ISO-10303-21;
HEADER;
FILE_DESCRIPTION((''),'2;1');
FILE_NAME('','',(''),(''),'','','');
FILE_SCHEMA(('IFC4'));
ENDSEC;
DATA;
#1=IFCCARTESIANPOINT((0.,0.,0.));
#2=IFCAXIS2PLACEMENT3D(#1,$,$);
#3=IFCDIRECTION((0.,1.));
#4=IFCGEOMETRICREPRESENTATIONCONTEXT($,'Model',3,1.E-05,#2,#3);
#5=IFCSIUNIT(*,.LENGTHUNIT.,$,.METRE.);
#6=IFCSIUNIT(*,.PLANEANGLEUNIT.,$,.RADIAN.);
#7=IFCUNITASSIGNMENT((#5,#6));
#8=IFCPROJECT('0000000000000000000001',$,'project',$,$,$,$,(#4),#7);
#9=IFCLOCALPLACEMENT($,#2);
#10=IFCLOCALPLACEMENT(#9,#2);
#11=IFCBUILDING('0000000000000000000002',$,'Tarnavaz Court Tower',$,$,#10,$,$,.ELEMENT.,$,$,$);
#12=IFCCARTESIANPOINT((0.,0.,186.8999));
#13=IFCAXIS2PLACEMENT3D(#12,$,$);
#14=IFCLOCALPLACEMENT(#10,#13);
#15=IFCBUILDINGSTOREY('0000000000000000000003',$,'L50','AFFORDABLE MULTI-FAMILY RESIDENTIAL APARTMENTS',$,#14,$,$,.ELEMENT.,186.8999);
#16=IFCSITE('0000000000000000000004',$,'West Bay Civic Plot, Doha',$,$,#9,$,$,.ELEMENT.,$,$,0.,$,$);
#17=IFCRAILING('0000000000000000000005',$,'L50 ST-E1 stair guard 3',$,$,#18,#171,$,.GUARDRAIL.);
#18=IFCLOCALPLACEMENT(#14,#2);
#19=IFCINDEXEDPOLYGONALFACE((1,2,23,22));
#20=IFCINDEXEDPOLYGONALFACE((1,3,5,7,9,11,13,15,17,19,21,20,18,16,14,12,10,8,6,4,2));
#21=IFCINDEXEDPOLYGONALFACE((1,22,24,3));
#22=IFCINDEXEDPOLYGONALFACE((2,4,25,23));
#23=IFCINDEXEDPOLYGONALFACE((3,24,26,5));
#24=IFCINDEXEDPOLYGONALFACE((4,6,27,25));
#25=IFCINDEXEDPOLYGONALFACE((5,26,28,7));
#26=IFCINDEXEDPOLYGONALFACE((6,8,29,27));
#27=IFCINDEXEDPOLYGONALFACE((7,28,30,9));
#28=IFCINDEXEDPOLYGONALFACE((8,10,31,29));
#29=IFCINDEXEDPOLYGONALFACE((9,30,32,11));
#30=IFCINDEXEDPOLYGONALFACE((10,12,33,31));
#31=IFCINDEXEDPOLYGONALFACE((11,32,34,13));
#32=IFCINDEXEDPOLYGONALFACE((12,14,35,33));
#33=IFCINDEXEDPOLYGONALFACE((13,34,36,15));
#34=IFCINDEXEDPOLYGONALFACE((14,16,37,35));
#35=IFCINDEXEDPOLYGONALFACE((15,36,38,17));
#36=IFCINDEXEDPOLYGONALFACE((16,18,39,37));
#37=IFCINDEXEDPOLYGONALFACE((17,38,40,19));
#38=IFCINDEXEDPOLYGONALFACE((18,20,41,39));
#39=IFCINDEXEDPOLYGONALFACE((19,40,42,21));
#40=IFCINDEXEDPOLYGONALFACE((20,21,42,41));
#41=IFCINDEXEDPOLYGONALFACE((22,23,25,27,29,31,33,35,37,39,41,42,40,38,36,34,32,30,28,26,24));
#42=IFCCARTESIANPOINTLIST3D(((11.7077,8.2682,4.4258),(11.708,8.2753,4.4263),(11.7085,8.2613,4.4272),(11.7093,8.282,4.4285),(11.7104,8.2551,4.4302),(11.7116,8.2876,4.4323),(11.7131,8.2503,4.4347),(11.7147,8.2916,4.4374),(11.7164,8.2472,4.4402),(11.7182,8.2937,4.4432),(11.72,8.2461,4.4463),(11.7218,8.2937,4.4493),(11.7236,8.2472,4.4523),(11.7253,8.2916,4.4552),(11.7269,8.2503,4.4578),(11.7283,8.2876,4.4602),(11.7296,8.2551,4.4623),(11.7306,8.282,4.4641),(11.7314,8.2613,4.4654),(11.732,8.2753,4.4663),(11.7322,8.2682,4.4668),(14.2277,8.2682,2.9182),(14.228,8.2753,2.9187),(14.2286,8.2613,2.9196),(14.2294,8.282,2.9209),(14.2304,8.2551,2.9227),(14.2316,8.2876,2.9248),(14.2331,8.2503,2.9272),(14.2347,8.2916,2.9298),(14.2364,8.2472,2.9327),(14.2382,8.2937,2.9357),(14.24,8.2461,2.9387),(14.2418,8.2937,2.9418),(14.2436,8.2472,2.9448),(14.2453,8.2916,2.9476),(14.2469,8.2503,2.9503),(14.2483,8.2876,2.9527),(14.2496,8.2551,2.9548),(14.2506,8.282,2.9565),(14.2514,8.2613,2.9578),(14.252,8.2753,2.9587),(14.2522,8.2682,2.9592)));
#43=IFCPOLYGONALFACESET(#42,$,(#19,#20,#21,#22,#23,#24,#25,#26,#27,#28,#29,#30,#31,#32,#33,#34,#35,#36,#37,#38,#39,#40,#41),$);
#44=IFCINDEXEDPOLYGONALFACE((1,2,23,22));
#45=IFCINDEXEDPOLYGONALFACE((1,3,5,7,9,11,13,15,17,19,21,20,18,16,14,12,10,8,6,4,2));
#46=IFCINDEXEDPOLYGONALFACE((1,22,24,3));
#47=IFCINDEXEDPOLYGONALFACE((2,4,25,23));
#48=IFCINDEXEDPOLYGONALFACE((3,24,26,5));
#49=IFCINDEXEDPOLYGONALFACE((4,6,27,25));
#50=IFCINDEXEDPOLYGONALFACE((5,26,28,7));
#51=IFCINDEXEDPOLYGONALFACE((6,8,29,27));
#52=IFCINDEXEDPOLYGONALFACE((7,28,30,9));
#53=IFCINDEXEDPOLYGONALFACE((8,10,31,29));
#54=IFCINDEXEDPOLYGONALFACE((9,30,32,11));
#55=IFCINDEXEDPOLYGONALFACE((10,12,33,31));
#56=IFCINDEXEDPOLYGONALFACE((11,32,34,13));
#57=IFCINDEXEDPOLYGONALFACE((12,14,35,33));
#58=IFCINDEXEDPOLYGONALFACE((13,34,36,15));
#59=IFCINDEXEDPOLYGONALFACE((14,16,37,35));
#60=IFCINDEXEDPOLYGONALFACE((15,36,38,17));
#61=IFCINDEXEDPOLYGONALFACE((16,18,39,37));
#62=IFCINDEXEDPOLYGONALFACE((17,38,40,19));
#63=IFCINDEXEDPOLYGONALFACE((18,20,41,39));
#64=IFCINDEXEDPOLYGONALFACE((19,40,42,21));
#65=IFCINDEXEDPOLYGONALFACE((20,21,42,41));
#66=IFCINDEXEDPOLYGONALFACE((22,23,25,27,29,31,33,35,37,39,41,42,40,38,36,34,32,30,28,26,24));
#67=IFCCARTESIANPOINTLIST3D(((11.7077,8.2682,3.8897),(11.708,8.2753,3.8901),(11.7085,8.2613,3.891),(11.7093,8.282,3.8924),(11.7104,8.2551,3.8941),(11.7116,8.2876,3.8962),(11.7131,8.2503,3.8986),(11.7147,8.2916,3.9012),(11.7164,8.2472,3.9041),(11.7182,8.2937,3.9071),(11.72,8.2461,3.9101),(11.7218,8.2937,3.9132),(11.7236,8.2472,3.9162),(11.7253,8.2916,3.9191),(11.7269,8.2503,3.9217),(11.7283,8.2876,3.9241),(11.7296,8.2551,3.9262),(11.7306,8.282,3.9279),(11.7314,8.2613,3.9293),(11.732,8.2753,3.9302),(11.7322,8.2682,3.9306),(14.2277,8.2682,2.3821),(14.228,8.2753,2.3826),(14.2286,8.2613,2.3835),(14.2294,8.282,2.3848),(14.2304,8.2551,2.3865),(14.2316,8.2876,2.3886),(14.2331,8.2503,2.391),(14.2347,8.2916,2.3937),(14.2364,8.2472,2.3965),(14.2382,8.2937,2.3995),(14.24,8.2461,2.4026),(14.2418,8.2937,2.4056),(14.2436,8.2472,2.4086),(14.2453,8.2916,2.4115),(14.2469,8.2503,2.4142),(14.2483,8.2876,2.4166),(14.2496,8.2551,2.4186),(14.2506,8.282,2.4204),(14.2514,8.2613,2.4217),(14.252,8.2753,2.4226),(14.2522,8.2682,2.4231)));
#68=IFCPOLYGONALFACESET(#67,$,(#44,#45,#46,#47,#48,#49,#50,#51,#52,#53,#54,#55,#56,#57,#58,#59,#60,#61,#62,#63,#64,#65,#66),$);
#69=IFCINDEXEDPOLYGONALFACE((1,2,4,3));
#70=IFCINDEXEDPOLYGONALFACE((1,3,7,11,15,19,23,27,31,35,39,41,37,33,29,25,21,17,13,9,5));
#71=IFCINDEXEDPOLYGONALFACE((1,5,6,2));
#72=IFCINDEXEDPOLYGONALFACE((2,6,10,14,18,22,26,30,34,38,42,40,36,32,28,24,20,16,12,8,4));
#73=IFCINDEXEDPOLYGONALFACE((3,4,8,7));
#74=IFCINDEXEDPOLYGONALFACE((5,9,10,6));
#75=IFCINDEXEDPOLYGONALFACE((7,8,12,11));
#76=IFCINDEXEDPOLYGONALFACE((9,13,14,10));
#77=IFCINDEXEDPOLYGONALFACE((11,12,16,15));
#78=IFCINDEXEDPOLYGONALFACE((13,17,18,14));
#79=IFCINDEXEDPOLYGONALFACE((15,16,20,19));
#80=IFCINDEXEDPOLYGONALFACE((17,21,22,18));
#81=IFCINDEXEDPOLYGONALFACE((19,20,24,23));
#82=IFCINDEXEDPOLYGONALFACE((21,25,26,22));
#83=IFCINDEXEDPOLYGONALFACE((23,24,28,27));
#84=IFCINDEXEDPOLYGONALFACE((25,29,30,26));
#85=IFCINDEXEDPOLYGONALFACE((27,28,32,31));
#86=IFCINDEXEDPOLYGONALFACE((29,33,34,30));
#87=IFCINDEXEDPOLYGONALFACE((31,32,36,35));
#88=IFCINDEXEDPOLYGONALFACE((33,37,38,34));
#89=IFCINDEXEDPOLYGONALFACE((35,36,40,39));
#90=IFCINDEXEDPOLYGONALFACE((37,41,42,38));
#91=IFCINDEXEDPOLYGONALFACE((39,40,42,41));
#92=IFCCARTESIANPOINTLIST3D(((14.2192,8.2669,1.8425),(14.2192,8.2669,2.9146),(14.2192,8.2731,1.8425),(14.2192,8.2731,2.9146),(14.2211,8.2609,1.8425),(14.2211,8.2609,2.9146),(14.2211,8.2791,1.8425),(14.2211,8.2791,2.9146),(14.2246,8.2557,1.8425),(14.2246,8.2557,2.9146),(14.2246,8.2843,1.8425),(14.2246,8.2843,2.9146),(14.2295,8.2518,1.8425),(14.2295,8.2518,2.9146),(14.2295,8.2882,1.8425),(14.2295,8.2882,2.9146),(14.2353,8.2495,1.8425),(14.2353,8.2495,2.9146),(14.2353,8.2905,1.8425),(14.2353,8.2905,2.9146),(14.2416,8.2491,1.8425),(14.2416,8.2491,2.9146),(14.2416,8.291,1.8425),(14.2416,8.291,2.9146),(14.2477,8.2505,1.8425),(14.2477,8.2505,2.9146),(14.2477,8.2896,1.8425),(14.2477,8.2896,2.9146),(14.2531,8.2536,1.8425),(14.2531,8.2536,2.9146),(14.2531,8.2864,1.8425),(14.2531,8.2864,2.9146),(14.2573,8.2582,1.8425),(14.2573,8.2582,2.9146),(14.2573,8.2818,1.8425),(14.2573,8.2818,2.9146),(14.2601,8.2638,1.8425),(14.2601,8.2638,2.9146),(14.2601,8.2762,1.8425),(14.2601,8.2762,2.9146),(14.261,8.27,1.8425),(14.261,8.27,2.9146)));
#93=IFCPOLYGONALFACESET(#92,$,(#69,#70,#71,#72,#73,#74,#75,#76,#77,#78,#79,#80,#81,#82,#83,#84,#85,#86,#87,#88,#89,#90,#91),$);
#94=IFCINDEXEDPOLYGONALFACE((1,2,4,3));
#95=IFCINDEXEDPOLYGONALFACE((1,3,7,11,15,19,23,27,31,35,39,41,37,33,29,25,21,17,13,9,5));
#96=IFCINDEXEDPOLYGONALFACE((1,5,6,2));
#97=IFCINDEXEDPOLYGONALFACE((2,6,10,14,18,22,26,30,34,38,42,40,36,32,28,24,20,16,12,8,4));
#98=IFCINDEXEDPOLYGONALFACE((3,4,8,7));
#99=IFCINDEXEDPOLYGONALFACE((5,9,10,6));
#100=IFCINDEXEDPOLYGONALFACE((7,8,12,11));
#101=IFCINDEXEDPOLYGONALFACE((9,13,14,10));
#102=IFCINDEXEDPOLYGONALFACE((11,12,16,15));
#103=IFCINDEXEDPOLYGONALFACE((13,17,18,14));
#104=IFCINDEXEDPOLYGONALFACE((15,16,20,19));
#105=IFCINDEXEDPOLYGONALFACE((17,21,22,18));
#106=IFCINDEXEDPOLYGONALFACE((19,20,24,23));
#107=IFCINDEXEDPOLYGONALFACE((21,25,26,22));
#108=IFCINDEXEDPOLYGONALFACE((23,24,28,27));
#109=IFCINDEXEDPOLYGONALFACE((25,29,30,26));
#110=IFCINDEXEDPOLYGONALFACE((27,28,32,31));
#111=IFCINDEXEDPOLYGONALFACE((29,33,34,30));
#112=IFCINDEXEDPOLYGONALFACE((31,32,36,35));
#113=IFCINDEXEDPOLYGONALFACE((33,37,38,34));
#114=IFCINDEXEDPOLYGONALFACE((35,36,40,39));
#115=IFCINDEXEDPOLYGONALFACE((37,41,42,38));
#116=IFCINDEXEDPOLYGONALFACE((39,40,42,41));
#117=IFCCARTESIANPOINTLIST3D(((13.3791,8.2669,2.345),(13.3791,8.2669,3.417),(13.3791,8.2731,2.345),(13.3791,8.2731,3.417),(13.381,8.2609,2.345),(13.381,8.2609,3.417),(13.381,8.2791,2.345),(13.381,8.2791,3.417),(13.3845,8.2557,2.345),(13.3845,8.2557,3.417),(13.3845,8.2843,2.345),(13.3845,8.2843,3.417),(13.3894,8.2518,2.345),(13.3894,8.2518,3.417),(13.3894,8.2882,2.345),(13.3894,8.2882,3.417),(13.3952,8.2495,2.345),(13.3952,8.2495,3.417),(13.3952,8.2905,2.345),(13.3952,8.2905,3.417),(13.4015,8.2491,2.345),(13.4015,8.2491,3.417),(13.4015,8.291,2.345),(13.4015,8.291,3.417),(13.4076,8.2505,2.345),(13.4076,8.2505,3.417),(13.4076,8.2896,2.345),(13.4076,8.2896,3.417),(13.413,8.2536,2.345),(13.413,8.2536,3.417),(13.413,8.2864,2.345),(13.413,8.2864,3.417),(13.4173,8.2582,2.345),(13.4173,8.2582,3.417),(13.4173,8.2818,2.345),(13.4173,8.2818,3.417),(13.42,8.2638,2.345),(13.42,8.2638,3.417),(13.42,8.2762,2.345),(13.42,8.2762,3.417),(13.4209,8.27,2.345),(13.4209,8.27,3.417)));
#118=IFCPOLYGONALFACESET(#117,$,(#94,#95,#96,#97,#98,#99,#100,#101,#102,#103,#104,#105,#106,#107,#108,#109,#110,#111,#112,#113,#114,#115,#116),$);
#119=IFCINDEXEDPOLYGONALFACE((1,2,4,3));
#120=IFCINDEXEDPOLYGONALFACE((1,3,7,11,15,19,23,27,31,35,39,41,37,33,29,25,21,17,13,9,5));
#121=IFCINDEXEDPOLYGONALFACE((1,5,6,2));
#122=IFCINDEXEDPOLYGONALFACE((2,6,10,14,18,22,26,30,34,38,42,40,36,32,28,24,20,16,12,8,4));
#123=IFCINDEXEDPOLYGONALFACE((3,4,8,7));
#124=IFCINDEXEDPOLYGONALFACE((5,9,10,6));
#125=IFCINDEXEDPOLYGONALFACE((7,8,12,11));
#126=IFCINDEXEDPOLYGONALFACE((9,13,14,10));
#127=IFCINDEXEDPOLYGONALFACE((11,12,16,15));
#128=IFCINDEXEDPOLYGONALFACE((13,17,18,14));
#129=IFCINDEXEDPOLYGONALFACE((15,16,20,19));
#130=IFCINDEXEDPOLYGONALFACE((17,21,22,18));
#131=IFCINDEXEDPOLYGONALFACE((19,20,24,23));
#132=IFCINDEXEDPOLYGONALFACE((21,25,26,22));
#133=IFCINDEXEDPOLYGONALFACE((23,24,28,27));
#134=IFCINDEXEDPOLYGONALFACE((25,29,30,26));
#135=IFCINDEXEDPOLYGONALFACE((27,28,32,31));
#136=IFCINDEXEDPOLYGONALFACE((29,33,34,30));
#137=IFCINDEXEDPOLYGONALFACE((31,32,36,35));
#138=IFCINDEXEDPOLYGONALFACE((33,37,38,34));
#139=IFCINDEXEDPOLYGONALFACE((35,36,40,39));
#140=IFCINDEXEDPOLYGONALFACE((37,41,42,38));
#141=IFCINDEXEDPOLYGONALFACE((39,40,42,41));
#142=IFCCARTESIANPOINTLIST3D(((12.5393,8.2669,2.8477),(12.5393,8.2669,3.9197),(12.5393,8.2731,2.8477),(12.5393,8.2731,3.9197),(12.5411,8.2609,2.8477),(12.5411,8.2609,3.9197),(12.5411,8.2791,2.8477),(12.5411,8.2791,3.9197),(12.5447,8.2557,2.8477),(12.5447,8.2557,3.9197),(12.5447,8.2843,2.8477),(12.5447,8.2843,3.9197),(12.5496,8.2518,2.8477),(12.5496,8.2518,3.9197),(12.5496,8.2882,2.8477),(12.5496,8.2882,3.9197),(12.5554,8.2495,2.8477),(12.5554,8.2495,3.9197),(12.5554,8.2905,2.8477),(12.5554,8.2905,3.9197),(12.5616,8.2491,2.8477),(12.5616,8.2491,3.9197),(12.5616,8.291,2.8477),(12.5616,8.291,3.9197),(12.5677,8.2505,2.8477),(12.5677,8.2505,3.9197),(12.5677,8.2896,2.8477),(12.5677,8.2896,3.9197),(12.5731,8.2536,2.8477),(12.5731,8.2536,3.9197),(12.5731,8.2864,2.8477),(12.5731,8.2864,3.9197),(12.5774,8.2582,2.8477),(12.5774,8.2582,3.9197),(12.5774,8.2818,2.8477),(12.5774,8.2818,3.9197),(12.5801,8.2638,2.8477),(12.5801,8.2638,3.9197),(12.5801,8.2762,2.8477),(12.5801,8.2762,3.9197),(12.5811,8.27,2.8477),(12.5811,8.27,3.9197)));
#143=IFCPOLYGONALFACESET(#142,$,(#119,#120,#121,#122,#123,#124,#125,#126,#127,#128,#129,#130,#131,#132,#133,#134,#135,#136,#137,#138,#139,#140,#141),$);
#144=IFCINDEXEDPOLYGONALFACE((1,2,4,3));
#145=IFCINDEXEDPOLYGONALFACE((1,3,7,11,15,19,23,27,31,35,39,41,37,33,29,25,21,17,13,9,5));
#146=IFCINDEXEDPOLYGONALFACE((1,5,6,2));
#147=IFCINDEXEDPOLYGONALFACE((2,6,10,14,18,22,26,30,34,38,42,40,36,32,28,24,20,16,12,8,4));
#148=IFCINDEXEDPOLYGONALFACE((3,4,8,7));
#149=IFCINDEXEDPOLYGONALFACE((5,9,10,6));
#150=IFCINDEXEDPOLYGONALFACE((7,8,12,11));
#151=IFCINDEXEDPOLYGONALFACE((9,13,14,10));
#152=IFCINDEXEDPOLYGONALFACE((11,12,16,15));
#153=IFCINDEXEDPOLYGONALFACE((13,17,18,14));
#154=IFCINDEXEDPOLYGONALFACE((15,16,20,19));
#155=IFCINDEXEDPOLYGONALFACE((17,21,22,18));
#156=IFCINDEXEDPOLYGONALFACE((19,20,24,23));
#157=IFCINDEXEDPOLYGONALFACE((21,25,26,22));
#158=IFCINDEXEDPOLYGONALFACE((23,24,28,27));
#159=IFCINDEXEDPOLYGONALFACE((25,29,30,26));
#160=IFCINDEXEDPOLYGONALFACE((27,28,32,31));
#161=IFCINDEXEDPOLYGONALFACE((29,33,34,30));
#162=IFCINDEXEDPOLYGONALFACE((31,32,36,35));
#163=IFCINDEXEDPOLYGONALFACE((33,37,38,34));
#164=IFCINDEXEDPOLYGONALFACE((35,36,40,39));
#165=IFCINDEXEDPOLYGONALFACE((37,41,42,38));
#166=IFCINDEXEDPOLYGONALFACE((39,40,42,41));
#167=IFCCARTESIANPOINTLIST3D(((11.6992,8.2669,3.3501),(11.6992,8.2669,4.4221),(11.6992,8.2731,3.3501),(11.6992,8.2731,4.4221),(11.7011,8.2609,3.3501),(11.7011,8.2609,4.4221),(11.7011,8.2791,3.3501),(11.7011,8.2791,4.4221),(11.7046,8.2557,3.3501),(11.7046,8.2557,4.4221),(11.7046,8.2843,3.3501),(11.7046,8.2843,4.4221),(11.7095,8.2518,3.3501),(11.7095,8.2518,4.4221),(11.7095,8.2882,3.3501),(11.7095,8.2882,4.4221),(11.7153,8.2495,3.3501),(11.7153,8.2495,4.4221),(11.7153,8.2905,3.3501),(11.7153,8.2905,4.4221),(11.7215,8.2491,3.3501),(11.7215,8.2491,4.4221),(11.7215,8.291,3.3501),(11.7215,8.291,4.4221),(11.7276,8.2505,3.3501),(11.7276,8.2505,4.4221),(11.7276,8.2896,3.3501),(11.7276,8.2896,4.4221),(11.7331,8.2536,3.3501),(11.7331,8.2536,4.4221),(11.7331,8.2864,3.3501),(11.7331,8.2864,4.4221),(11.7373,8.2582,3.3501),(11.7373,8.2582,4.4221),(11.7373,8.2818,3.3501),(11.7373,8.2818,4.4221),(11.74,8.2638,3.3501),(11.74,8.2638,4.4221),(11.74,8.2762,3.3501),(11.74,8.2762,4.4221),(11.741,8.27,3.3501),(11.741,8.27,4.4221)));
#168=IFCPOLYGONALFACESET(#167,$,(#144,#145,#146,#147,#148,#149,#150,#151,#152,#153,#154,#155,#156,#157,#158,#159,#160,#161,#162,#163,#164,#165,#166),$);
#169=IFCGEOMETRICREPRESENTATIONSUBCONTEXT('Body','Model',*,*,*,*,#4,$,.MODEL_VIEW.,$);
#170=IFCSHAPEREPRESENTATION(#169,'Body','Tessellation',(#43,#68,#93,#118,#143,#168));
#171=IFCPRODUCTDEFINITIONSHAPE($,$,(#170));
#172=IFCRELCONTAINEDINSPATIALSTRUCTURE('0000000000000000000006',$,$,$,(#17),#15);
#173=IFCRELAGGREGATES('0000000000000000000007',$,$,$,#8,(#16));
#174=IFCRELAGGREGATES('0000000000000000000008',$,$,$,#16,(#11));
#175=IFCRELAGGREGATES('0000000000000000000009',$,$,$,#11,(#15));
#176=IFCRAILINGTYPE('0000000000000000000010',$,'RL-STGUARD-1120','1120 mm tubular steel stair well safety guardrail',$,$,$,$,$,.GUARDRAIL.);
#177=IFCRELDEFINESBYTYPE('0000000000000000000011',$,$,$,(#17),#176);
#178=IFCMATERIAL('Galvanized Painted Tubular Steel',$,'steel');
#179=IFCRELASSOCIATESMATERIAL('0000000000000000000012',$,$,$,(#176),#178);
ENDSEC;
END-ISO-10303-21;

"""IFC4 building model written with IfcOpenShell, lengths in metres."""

from ifc_helpers import new_model, si_unit, direction, frame, origin, origin_2d, place, context, subcontext, project, spatial, circle, extrude, material, type_object, element, save


model = new_model("IFC4")

# Units and contexts
model_context = context("Model", 3, precision=1e-05, world=origin(), true_north=direction((0.0, 1.0)))
body_context = subcontext(model_context, "Body", "Model", "MODEL_VIEW")
ifc_project = project(units=[si_unit("LENGTHUNIT", "METRE"), si_unit("PLANEANGLEUNIT", "RADIAN")], contexts=[model_context])

# Site, building, storey
site_placement = place(None, origin())
site = spatial("IfcSite", under=ifc_project, at=site_placement, Name="West Bay Civic Plot, Doha", CompositionType="ELEMENT", RefElevation=0.0)
building_placement = place(site_placement, origin())
building = spatial("IfcBuilding", under=site, at=building_placement, Name="Tarnavaz Court Tower", CompositionType="ELEMENT")
storey_placement = place(building_placement, frame((0.0, 0.0, 186.8999)))
storey = spatial("IfcBuildingStorey", under=building, at=storey_placement, Name="L50", Description="AFFORDABLE MULTI-FAMILY RESIDENTIAL APARTMENTS", CompositionType="ELEMENT", Elevation=186.8999)

# Railing
ifc_material_1 = material(Name="Galvanized Painted Tubular Steel", Category="steel")
railing_type_1 = type_object("IfcRailingType", Name="RL-STGUARD-1120", Description="1120 mm tubular steel stair well safety guardrail", PredefinedType="GUARDRAIL", material=ifc_material_1)
railing_1_placement = place(storey_placement, frame((14.24, 8.27, 1.8425)))
element("IfcRailing", 1, at=railing_1_placement, inside=storey, type_object=railing_type_1, Name="L50 ST-E1 stair guard 3", PredefinedType="GUARDRAIL", context=body_context, shape_type="SweptSolid", body=[
    extrude(circle(Radius=0.0239, at=origin_2d()), frame((0.0, 0.0, 1.0962), z_axis=(-0.85816, 0.0, 0.513383), x_axis=(0.0, -1.0, 0.0)), (0.0, 0.0, 1.0), 2.9365),
    extrude(circle(Radius=0.0239, at=origin_2d()), frame((0.0, 0.0, 0.5601), z_axis=(-0.85816, 0.0, 0.513383), x_axis=(0.0, -1.0, 0.0)), (0.0, 0.0, 1.0), 2.9365),
    extrude(circle(Radius=0.021, at=origin_2d()), origin(), (0.0, 0.0, 1.0), 1.072),
    extrude(circle(Radius=0.021, at=origin_2d()), frame((-0.8401, 0.0, 0.5024)), (0.0, 0.0, 1.0), 1.072),
    extrude(circle(Radius=0.021, at=origin_2d()), frame((-1.6799, 0.0, 1.0051)), (0.0, 0.0, 1.0), 1.072),
    extrude(circle(Radius=0.021, at=origin_2d()), frame((-2.52, 0.0, 1.5076)), (0.0, 0.0, 1.0), 1.072),
])

save(model, "model.ifc")
